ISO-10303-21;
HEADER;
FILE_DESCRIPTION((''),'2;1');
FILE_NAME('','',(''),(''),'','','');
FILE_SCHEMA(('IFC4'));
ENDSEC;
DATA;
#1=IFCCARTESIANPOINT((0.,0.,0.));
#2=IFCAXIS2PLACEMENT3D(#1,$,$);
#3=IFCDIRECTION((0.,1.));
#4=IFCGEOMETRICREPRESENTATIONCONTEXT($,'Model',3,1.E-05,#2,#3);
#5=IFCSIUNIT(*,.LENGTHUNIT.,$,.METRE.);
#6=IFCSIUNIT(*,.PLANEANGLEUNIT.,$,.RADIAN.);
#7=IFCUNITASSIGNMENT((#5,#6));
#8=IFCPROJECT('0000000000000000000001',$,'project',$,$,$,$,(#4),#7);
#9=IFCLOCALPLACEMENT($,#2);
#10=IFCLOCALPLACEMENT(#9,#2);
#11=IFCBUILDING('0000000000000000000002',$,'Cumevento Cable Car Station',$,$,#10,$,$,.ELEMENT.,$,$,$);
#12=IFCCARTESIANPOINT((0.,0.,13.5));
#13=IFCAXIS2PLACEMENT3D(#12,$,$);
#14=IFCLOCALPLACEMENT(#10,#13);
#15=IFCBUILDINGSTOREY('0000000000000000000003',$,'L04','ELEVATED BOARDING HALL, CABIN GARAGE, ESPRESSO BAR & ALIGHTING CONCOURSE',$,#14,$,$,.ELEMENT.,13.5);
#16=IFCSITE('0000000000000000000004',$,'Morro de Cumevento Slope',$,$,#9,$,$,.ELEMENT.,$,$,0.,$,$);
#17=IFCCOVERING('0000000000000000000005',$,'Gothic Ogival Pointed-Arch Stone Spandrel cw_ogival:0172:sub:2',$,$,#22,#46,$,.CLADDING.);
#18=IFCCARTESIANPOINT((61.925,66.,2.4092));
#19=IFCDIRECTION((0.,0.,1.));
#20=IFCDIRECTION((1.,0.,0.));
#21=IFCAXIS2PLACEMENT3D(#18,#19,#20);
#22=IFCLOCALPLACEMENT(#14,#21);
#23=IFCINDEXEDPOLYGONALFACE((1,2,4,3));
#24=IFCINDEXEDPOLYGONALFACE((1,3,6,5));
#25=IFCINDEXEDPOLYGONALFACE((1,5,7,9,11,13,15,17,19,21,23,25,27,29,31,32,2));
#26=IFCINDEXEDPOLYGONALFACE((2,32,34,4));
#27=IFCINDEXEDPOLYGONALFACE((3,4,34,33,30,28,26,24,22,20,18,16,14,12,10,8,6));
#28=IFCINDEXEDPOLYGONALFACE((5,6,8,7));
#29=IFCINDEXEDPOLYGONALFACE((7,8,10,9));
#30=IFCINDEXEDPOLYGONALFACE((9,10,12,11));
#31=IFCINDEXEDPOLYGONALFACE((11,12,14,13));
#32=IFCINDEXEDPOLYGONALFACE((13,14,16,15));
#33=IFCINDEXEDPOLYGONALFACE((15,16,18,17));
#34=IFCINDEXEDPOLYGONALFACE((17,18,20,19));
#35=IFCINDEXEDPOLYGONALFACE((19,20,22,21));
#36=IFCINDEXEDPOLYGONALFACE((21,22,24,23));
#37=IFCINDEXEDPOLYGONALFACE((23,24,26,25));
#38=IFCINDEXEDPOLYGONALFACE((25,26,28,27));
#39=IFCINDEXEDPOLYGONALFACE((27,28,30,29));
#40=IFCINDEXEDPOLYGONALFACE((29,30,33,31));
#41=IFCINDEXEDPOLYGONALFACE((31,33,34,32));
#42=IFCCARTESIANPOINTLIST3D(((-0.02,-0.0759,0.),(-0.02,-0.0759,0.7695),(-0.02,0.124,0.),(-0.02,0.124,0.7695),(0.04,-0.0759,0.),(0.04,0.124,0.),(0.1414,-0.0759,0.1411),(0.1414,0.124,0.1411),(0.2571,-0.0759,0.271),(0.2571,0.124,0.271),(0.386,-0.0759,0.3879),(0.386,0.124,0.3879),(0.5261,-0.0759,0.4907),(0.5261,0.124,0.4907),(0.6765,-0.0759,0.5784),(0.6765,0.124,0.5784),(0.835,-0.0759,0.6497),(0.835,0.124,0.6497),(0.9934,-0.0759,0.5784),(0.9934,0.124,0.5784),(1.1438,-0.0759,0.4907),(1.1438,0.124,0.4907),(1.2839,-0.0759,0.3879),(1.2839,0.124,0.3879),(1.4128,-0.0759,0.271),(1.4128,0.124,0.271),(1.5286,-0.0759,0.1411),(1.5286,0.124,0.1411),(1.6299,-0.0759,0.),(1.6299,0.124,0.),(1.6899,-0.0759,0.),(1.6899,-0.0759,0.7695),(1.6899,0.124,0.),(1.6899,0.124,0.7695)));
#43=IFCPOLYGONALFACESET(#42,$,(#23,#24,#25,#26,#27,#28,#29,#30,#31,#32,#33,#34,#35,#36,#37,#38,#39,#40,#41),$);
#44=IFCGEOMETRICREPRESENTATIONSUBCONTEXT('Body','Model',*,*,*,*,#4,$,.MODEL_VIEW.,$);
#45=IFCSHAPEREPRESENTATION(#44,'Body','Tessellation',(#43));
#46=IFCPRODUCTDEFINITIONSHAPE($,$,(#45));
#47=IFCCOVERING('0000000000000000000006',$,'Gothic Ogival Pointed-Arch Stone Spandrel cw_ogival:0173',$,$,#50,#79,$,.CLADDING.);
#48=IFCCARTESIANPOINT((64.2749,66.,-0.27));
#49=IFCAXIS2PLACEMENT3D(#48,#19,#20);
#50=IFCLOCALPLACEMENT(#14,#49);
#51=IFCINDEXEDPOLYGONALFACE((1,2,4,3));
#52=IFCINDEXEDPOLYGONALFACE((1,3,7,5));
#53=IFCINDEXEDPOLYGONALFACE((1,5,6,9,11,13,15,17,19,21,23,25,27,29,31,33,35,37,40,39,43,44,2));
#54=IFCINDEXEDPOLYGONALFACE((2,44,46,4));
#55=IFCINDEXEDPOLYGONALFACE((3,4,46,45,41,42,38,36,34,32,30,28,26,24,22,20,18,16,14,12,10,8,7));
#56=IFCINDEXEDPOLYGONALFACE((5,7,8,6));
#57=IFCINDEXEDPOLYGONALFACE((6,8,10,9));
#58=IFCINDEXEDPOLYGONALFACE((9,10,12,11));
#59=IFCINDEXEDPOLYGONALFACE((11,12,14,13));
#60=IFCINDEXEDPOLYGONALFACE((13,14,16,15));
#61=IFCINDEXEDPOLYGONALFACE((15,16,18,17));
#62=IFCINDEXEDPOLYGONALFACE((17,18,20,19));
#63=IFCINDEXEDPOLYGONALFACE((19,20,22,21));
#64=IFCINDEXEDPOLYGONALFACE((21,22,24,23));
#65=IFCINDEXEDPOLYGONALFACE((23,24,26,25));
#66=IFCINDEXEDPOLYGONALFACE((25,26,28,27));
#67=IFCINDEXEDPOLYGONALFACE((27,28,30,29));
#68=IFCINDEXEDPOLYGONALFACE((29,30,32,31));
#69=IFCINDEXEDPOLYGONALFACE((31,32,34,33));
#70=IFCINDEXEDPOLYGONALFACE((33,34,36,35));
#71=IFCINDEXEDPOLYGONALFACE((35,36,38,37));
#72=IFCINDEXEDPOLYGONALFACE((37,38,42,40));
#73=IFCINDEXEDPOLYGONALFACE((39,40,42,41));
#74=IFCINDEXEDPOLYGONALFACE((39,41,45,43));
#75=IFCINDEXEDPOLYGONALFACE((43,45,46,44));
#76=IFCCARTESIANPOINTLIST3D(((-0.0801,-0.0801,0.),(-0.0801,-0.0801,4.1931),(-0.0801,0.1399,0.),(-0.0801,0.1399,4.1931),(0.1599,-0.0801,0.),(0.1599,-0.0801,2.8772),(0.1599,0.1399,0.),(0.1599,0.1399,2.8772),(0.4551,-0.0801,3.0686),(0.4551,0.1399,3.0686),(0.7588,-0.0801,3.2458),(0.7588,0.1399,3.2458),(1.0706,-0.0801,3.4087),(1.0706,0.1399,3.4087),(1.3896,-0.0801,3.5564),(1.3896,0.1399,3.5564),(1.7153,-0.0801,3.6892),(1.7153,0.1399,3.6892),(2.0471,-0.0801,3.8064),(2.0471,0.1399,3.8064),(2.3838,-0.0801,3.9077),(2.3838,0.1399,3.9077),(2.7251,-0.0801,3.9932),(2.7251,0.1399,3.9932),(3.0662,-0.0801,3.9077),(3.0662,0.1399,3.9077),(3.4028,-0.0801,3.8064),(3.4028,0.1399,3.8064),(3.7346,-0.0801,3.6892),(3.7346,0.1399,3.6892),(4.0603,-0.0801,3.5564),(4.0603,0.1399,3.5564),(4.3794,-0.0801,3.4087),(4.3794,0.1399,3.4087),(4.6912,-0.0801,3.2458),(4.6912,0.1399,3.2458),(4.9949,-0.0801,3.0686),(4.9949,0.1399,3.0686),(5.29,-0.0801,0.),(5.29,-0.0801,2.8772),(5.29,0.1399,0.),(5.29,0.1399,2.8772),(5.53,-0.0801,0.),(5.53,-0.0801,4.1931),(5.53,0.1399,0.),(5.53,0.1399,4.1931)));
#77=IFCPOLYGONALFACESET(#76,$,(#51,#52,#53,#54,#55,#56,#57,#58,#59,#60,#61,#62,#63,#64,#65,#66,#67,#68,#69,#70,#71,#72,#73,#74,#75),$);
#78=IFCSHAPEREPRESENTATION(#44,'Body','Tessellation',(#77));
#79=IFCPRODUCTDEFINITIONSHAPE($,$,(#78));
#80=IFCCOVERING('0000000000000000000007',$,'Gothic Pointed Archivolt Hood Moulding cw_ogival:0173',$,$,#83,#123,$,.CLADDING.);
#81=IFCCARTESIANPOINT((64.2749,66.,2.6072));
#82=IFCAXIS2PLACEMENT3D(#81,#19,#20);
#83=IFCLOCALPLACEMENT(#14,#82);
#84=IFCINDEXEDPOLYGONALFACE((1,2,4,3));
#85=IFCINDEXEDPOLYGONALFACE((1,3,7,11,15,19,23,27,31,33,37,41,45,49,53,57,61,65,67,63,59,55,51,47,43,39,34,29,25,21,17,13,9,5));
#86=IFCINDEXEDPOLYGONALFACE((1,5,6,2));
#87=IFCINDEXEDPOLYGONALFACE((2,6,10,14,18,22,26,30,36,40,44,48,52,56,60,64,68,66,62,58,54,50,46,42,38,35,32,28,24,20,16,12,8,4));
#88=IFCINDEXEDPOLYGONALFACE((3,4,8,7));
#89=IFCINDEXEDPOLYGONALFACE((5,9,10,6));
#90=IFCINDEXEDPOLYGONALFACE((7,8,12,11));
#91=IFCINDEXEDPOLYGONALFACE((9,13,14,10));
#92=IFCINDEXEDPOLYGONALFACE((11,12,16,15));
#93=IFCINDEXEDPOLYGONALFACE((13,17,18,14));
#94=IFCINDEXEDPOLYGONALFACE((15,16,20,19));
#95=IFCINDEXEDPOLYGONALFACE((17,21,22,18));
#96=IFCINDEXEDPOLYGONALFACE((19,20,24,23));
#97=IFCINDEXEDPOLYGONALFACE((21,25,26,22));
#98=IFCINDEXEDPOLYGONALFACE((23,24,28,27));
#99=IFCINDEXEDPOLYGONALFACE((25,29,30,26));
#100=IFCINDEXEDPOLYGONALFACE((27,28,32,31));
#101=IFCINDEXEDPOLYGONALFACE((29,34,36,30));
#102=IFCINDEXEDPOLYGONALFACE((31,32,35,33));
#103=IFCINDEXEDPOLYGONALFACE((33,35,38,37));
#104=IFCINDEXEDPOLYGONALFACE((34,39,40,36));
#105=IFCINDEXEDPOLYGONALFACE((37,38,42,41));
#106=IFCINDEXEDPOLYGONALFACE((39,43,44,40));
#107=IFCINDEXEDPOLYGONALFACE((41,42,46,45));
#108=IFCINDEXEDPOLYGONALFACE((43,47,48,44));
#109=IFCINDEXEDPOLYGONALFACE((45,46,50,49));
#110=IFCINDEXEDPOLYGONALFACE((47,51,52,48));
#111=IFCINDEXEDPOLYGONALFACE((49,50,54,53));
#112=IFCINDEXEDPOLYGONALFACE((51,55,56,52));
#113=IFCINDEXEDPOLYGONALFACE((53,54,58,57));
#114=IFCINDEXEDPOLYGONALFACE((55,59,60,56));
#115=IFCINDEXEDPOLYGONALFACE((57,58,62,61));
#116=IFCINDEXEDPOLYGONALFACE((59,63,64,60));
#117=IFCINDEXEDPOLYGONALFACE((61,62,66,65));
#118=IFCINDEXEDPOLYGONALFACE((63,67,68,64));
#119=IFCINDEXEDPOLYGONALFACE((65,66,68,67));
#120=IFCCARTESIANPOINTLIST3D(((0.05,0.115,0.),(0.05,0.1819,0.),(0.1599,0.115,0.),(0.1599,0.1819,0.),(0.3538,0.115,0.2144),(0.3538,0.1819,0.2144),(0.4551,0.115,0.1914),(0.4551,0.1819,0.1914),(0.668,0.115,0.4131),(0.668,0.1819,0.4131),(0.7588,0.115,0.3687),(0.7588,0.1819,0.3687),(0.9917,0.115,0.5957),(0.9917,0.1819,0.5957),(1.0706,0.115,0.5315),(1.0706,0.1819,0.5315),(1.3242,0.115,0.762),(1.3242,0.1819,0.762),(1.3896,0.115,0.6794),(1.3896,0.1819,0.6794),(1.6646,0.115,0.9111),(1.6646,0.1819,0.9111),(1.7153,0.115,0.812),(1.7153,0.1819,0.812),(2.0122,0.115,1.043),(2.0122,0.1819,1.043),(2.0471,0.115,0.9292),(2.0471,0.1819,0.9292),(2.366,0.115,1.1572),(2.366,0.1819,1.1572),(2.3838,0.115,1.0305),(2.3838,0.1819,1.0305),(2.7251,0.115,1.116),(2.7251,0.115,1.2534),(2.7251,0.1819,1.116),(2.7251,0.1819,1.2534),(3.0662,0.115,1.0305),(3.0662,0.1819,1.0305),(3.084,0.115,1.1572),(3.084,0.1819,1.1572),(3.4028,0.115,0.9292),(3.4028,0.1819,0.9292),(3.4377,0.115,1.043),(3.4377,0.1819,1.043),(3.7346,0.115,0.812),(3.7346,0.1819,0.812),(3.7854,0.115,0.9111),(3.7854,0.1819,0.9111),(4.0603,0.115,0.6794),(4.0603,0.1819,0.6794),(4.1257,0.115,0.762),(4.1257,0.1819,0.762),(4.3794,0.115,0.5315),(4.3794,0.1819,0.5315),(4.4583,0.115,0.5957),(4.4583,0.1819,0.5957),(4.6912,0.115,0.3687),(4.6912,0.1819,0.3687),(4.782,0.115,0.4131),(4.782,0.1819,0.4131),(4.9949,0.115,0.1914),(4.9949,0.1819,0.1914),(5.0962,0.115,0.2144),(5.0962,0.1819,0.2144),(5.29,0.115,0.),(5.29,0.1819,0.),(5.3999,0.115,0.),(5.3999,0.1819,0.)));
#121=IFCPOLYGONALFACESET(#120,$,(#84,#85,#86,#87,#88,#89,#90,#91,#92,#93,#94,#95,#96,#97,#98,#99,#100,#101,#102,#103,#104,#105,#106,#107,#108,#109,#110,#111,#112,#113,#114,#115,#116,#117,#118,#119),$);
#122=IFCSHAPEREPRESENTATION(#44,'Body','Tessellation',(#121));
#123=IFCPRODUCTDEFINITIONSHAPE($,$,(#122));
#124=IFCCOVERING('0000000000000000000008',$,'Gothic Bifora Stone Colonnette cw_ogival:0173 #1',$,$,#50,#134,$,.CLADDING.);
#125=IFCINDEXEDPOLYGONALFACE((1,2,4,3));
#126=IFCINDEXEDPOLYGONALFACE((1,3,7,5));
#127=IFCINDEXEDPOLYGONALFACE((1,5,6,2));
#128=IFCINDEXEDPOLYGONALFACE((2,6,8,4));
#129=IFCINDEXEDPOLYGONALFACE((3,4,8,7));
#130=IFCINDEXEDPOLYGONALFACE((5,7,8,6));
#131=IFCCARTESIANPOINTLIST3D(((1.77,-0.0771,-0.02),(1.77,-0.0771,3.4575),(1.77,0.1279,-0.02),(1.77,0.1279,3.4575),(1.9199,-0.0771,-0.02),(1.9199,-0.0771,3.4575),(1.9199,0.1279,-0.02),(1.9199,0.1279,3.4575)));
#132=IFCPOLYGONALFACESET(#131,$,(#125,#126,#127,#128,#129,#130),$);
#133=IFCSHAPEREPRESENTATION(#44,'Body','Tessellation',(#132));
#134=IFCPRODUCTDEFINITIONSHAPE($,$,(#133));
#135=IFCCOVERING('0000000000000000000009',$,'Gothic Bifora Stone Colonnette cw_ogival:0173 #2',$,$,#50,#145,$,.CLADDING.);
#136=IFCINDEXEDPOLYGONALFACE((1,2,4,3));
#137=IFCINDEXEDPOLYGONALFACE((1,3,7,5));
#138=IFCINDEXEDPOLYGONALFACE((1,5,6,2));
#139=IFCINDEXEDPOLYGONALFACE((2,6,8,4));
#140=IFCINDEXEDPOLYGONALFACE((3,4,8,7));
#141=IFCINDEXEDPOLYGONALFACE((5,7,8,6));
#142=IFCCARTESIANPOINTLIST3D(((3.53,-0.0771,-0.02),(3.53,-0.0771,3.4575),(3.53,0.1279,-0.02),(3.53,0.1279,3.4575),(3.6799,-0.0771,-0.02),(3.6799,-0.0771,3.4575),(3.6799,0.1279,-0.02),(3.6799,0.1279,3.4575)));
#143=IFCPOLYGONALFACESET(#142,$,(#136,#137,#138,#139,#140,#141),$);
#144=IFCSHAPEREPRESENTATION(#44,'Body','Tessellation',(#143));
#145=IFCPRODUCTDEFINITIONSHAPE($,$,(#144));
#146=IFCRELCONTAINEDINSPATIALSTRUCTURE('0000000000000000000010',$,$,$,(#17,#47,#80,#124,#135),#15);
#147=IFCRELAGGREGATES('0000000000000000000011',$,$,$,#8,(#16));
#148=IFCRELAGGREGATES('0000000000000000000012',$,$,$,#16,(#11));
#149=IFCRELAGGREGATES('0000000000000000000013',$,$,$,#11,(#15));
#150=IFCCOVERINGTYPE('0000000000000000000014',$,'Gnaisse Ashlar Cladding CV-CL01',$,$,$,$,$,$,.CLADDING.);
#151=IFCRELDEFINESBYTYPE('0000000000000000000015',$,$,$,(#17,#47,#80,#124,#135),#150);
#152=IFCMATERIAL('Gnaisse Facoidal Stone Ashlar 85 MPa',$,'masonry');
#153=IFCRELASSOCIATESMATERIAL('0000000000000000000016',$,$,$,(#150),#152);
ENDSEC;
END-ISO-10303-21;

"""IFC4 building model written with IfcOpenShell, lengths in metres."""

from ifc_helpers import new_model, si_unit, direction, frame, origin, place, context, subcontext, project, spatial, polyline, outline, extrude, material, type_object, element, save


model = new_model("IFC4")

# Units and contexts
model_context = context("Model", 3, precision=1e-05, world=origin(), true_north=direction((0.0, 1.0)))
body_context = subcontext(model_context, "Body", "Model", "MODEL_VIEW")
ifc_project = project(units=[si_unit("LENGTHUNIT", "METRE"), si_unit("PLANEANGLEUNIT", "RADIAN")], contexts=[model_context])

# Site, building, storey
site_placement = place(None, origin())
site = spatial("IfcSite", under=ifc_project, at=site_placement, Name="Morro de Cumevento Slope", CompositionType="ELEMENT", RefElevation=0.0)
building_placement = place(site_placement, origin())
building = spatial("IfcBuilding", under=site, at=building_placement, Name="Cumevento Cable Car Station", CompositionType="ELEMENT")
storey_placement = place(building_placement, frame((0.0, 0.0, 13.5)))
storey = spatial("IfcBuildingStorey", under=building, at=storey_placement, Name="L04", Description="ELEVATED BOARDING HALL, CABIN GARAGE, ESPRESSO BAR & ALIGHTING CONCOURSE", CompositionType="ELEMENT", Elevation=13.5)

# Coverings
ifc_material_1 = material(Name="Gnaisse Facoidal Stone Ashlar 85 MPa", Category="masonry")
covering_type = type_object("IfcCoveringType", Name="Gnaisse Ashlar Cladding CV-CL01", PredefinedType="CLADDING", material=ifc_material_1)
covering_1_placement = place(storey_placement, frame((61.925, 66.0, 2.4092), z_axis=(0.0, 0.0, 1.0), x_axis=(1.0, 0.0, 0.0)))
element("IfcCovering", 1, at=covering_1_placement, inside=storey, type_object=covering_type, Name="Gothic Ogival Pointed-Arch Stone Spandrel cw_ogival:0172:sub:2", PredefinedType="CLADDING", context=body_context, shape_type="SweptSolid", body=[
    extrude(outline(polyline([(-0.02, 0.0), (-0.02, 0.7695), (1.6899, 0.7695), (1.6899, 0.0), (1.6299, 0.0), (1.5286, 0.1411), (1.4128, 0.271), (1.2839, 0.3879), (1.1438, 0.4907), (0.9934, 0.5784), (0.835, 0.6497), (0.6765, 0.5784), (0.5261, 0.4907), (0.386, 0.3879), (0.2571, 0.271), (0.1414, 0.1411), (0.04, 0.0), (-0.02, 0.0)])), frame((0.0, 0.124, 0.0), z_axis=(0.0, -1.0, 0.0), x_axis=(1.0, 0.0, 0.0)), (0.0, 0.0, 1.0), 0.2),
])
placement = place(storey_placement, frame((64.2749, 66.0, -0.27), z_axis=(0.0, 0.0, 1.0), x_axis=(1.0, 0.0, 0.0)))
element("IfcCovering", 2, at=placement, inside=storey, type_object=covering_type, Name="Gothic Ogival Pointed-Arch Stone Spandrel cw_ogival:0173", PredefinedType="CLADDING", context=body_context, shape_type="SweptSolid", body=[
    extrude(outline(polyline([(-0.0801, 0.0), (-0.0801, 4.1931), (5.53, 4.1931), (5.53, 0.0), (5.29, 0.0), (5.29, 2.8772), (4.9949, 3.0686), (4.6912, 3.2458), (4.3794, 3.4087), (4.0603, 3.5564), (3.7346, 3.6892), (3.4028, 3.8064), (3.0662, 3.9077), (2.7251, 3.9932), (2.3838, 3.9077), (2.0471, 3.8064), (1.7153, 3.6892), (1.3896, 3.5564), (1.0706, 3.4087), (0.7588, 3.2458), (0.4551, 3.0686), (0.1599, 2.8772), (0.1599, 0.0), (-0.0801, 0.0)])), frame((0.0, 0.1399, 0.0), z_axis=(0.0, -1.0, 0.0), x_axis=(1.0, 0.0, 0.0)), (0.0, 0.0, 1.0), 0.22),
])
covering_2_placement = place(storey_placement, frame((64.2749, 66.0, 2.6072), z_axis=(0.0, 0.0, 1.0), x_axis=(1.0, 0.0, 0.0)))
element("IfcCovering", 3, at=covering_2_placement, inside=storey, type_object=covering_type, Name="Gothic Pointed Archivolt Hood Moulding cw_ogival:0173", PredefinedType="CLADDING", context=body_context, shape_type="SweptSolid", body=[
    extrude(outline(polyline([(0.1599, 0.0), (0.4551, 0.1914), (0.7588, 0.3687), (1.0706, 0.5315), (1.3896, 0.6794), (1.7153, 0.812), (2.0471, 0.9292), (2.3838, 1.0305), (2.7251, 1.116), (3.0662, 1.0305), (3.4028, 0.9292), (3.7346, 0.812), (4.0603, 0.6794), (4.3794, 0.5315), (4.6912, 0.3687), (4.9949, 0.1914), (5.29, 0.0), (5.3999, 0.0), (5.0962, 0.2144), (4.782, 0.4131), (4.4583, 0.5957), (4.1257, 0.762), (3.7854, 0.9111), (3.4377, 1.043), (3.084, 1.1572), (2.7251, 1.2534), (2.366, 1.1572), (2.0122, 1.043), (1.6646, 0.9111), (1.3242, 0.762), (0.9917, 0.5957), (0.668, 0.4131), (0.3538, 0.2144), (0.05, 0.0), (0.1599, 0.0)])), frame((0.0, 0.1819, 0.0), z_axis=(0.0, -1.0, 0.0), x_axis=(1.0, 0.0, 0.0)), (0.0, 0.0, 1.0), 0.0669),
])
element("IfcCovering", 4, at=placement, inside=storey, type_object=covering_type, Name="Gothic Bifora Stone Colonnette cw_ogival:0173 #1", PredefinedType="CLADDING", context=body_context, shape_type="SweptSolid", body=[
    extrude(outline(polyline([(1.77, -0.02), (1.9199, -0.02), (1.9199, 3.4575), (1.77, 3.4575), (1.77, -0.02)])), frame((0.0, 0.1279, 0.0), z_axis=(0.0, -1.0, 0.0), x_axis=(1.0, 0.0, 0.0)), (0.0, 0.0, 1.0), 0.2051),
])
element("IfcCovering", 5, at=placement, inside=storey, type_object=covering_type, Name="Gothic Bifora Stone Colonnette cw_ogival:0173 #2", PredefinedType="CLADDING", context=body_context, shape_type="SweptSolid", body=[
    extrude(outline(polyline([(3.53, -0.02), (3.6799, -0.02), (3.6799, 3.4575), (3.53, 3.4575), (3.53, -0.02)])), frame((0.0, 0.1279, 0.0), z_axis=(0.0, -1.0, 0.0), x_axis=(1.0, 0.0, 0.0)), (0.0, 0.0, 1.0), 0.2051),
])

save(model, "model.ifc")
